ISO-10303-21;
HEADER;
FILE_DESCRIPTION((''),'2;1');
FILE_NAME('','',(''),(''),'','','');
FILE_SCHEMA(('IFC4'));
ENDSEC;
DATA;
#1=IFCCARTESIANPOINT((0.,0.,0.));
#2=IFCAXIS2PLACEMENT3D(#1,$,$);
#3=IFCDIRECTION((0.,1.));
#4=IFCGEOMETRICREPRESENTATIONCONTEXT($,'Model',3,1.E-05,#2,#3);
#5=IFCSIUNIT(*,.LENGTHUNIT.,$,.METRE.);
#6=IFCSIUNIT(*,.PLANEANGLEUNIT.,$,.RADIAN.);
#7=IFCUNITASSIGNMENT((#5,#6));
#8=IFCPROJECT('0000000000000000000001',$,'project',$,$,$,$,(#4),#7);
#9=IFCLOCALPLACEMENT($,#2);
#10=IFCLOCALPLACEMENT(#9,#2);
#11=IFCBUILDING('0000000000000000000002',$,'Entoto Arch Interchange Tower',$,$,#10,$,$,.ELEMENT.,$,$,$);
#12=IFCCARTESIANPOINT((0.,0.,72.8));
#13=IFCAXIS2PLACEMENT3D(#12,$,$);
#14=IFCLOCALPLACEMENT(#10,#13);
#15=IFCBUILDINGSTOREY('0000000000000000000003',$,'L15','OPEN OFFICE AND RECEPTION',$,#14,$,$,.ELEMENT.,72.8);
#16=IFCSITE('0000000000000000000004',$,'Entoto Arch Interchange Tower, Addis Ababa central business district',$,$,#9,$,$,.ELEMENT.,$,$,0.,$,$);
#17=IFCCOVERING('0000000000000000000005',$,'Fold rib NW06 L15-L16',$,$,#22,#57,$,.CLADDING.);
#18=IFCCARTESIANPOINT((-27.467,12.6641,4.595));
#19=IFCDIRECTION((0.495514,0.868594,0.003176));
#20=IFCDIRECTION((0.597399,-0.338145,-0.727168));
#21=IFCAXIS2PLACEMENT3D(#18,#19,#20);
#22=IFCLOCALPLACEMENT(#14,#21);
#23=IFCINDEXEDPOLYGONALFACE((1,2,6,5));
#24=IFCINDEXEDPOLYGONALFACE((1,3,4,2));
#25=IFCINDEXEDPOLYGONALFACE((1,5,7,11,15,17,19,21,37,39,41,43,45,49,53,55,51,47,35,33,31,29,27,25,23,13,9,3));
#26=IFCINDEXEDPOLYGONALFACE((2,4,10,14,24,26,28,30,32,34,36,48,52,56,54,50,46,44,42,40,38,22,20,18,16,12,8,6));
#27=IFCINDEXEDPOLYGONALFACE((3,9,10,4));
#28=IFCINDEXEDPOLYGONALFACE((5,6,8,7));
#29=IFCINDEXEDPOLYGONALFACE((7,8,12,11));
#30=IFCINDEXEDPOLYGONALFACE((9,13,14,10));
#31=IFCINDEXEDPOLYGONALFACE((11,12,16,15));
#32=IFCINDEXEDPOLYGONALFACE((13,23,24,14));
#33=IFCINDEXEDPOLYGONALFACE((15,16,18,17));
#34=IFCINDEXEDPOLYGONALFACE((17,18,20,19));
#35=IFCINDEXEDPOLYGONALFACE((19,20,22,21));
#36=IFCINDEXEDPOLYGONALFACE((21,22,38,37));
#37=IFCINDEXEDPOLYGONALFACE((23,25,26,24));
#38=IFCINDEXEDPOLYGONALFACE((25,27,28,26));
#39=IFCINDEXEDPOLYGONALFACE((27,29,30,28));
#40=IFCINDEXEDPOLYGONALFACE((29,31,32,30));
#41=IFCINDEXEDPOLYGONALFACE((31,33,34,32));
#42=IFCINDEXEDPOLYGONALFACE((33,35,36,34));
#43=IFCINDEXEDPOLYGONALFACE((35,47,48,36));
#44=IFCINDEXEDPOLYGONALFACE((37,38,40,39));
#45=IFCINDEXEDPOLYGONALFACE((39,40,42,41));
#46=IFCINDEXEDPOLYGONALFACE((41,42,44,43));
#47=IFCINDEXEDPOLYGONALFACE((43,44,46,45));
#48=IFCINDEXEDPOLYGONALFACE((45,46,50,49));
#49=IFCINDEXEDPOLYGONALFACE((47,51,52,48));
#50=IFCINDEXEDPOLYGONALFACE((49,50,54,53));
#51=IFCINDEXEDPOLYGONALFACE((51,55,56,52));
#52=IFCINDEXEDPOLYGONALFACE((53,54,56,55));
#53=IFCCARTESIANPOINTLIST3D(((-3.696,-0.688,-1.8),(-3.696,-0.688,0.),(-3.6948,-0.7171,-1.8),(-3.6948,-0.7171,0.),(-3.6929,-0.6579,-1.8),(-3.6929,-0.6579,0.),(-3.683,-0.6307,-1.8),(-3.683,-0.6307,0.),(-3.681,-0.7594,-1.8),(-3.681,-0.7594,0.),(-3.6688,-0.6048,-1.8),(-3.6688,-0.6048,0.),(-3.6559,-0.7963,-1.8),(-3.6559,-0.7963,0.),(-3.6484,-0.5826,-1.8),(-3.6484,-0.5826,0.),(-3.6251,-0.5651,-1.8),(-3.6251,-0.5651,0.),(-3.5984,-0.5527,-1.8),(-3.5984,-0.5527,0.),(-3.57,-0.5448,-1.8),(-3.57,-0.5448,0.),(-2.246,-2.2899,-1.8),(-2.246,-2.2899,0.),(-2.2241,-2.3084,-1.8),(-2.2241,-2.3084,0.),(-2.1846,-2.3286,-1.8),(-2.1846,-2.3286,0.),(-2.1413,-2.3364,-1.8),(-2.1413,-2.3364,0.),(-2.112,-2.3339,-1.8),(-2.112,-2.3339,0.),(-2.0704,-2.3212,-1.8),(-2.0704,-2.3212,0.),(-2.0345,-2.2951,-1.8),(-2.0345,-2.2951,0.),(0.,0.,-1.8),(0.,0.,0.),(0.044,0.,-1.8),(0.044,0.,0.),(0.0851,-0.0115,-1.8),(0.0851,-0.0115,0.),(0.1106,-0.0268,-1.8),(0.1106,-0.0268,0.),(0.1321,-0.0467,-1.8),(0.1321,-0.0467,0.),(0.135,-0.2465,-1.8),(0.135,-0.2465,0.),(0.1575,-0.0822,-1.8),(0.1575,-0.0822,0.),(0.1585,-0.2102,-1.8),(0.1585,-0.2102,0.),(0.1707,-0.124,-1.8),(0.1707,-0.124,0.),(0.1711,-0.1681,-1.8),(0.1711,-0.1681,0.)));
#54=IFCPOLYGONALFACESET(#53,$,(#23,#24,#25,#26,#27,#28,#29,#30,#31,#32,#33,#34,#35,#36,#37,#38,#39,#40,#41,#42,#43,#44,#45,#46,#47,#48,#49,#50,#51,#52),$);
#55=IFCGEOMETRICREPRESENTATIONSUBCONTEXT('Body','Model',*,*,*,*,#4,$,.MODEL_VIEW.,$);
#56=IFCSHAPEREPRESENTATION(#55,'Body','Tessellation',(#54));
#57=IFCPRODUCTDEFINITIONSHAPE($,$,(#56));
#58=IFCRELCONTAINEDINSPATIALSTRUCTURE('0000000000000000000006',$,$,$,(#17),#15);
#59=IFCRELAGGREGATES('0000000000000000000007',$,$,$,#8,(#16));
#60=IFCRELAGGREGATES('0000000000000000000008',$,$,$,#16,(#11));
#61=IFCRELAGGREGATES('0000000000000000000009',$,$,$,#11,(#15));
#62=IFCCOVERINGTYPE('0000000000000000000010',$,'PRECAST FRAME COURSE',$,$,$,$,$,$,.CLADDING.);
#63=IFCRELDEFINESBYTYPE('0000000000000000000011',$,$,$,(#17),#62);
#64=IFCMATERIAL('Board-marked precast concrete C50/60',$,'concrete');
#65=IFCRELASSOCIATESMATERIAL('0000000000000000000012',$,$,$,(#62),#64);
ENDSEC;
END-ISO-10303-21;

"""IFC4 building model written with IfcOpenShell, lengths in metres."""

from ifc_helpers import new_model, si_unit, direction, frame, origin, place, context, subcontext, project, spatial, polyline, outline, extrude, material, type_object, element, save


model = new_model("IFC4")

# Units and contexts
model_context = context("Model", 3, precision=1e-05, world=origin(), true_north=direction((0.0, 1.0)))
body_context = subcontext(model_context, "Body", "Model", "MODEL_VIEW")
ifc_project = project(units=[si_unit("LENGTHUNIT", "METRE"), si_unit("PLANEANGLEUNIT", "RADIAN")], contexts=[model_context])

# Site, building, storey
site_placement = place(None, origin())
site = spatial("IfcSite", under=ifc_project, at=site_placement, Name="Entoto Arch Interchange Tower, Addis Ababa central business district", CompositionType="ELEMENT", RefElevation=0.0)
building_placement = place(site_placement, origin())
building = spatial("IfcBuilding", under=site, at=building_placement, Name="Entoto Arch Interchange Tower", CompositionType="ELEMENT")
storey_placement = place(building_placement, frame((0.0, 0.0, 72.8)))
storey = spatial("IfcBuildingStorey", under=building, at=storey_placement, Name="L15", Description="OPEN OFFICE AND RECEPTION", CompositionType="ELEMENT", Elevation=72.8)

# Covering
ifc_material_1 = material(Name="Board-marked precast concrete C50/60", Category="concrete")
covering_type = type_object("IfcCoveringType", Name="PRECAST FRAME COURSE", PredefinedType="CLADDING", material=ifc_material_1)
covering_placement = place(storey_placement, frame((-27.467, 12.6641, 4.595), z_axis=(0.495514, 0.868594, 0.003176), x_axis=(0.597399, -0.338145, -0.727168)))
element("IfcCovering", 1, at=covering_placement, inside=storey, type_object=covering_type, Name="Fold rib NW06 L15-L16", PredefinedType="CLADDING", context=body_context, shape_type="SweptSolid", body=[
    extrude(outline(polyline([(0.0, 0.0), (0.044, 0.0), (0.0851, -0.0115), (0.1106, -0.0268), (0.1321, -0.0467), (0.1575, -0.0822), (0.1707, -0.124), (0.1711, -0.1681), (0.1585, -0.2102), (0.135, -0.2465), (-2.0345, -2.2951), (-2.0704, -2.3212), (-2.112, -2.3339), (-2.1413, -2.3364), (-2.1846, -2.3286), (-2.2241, -2.3084), (-2.246, -2.2899), (-3.6559, -0.7963), (-3.681, -0.7594), (-3.6948, -0.7171), (-3.696, -0.688), (-3.6929, -0.6579), (-3.683, -0.6307), (-3.6688, -0.6048), (-3.6484, -0.5826), (-3.6251, -0.5651), (-3.5984, -0.5527), (-3.57, -0.5448), (0.0, 0.0)])), origin(), (0.0, 0.0, -1.0), 1.8),
])

save(model, "model.ifc")
